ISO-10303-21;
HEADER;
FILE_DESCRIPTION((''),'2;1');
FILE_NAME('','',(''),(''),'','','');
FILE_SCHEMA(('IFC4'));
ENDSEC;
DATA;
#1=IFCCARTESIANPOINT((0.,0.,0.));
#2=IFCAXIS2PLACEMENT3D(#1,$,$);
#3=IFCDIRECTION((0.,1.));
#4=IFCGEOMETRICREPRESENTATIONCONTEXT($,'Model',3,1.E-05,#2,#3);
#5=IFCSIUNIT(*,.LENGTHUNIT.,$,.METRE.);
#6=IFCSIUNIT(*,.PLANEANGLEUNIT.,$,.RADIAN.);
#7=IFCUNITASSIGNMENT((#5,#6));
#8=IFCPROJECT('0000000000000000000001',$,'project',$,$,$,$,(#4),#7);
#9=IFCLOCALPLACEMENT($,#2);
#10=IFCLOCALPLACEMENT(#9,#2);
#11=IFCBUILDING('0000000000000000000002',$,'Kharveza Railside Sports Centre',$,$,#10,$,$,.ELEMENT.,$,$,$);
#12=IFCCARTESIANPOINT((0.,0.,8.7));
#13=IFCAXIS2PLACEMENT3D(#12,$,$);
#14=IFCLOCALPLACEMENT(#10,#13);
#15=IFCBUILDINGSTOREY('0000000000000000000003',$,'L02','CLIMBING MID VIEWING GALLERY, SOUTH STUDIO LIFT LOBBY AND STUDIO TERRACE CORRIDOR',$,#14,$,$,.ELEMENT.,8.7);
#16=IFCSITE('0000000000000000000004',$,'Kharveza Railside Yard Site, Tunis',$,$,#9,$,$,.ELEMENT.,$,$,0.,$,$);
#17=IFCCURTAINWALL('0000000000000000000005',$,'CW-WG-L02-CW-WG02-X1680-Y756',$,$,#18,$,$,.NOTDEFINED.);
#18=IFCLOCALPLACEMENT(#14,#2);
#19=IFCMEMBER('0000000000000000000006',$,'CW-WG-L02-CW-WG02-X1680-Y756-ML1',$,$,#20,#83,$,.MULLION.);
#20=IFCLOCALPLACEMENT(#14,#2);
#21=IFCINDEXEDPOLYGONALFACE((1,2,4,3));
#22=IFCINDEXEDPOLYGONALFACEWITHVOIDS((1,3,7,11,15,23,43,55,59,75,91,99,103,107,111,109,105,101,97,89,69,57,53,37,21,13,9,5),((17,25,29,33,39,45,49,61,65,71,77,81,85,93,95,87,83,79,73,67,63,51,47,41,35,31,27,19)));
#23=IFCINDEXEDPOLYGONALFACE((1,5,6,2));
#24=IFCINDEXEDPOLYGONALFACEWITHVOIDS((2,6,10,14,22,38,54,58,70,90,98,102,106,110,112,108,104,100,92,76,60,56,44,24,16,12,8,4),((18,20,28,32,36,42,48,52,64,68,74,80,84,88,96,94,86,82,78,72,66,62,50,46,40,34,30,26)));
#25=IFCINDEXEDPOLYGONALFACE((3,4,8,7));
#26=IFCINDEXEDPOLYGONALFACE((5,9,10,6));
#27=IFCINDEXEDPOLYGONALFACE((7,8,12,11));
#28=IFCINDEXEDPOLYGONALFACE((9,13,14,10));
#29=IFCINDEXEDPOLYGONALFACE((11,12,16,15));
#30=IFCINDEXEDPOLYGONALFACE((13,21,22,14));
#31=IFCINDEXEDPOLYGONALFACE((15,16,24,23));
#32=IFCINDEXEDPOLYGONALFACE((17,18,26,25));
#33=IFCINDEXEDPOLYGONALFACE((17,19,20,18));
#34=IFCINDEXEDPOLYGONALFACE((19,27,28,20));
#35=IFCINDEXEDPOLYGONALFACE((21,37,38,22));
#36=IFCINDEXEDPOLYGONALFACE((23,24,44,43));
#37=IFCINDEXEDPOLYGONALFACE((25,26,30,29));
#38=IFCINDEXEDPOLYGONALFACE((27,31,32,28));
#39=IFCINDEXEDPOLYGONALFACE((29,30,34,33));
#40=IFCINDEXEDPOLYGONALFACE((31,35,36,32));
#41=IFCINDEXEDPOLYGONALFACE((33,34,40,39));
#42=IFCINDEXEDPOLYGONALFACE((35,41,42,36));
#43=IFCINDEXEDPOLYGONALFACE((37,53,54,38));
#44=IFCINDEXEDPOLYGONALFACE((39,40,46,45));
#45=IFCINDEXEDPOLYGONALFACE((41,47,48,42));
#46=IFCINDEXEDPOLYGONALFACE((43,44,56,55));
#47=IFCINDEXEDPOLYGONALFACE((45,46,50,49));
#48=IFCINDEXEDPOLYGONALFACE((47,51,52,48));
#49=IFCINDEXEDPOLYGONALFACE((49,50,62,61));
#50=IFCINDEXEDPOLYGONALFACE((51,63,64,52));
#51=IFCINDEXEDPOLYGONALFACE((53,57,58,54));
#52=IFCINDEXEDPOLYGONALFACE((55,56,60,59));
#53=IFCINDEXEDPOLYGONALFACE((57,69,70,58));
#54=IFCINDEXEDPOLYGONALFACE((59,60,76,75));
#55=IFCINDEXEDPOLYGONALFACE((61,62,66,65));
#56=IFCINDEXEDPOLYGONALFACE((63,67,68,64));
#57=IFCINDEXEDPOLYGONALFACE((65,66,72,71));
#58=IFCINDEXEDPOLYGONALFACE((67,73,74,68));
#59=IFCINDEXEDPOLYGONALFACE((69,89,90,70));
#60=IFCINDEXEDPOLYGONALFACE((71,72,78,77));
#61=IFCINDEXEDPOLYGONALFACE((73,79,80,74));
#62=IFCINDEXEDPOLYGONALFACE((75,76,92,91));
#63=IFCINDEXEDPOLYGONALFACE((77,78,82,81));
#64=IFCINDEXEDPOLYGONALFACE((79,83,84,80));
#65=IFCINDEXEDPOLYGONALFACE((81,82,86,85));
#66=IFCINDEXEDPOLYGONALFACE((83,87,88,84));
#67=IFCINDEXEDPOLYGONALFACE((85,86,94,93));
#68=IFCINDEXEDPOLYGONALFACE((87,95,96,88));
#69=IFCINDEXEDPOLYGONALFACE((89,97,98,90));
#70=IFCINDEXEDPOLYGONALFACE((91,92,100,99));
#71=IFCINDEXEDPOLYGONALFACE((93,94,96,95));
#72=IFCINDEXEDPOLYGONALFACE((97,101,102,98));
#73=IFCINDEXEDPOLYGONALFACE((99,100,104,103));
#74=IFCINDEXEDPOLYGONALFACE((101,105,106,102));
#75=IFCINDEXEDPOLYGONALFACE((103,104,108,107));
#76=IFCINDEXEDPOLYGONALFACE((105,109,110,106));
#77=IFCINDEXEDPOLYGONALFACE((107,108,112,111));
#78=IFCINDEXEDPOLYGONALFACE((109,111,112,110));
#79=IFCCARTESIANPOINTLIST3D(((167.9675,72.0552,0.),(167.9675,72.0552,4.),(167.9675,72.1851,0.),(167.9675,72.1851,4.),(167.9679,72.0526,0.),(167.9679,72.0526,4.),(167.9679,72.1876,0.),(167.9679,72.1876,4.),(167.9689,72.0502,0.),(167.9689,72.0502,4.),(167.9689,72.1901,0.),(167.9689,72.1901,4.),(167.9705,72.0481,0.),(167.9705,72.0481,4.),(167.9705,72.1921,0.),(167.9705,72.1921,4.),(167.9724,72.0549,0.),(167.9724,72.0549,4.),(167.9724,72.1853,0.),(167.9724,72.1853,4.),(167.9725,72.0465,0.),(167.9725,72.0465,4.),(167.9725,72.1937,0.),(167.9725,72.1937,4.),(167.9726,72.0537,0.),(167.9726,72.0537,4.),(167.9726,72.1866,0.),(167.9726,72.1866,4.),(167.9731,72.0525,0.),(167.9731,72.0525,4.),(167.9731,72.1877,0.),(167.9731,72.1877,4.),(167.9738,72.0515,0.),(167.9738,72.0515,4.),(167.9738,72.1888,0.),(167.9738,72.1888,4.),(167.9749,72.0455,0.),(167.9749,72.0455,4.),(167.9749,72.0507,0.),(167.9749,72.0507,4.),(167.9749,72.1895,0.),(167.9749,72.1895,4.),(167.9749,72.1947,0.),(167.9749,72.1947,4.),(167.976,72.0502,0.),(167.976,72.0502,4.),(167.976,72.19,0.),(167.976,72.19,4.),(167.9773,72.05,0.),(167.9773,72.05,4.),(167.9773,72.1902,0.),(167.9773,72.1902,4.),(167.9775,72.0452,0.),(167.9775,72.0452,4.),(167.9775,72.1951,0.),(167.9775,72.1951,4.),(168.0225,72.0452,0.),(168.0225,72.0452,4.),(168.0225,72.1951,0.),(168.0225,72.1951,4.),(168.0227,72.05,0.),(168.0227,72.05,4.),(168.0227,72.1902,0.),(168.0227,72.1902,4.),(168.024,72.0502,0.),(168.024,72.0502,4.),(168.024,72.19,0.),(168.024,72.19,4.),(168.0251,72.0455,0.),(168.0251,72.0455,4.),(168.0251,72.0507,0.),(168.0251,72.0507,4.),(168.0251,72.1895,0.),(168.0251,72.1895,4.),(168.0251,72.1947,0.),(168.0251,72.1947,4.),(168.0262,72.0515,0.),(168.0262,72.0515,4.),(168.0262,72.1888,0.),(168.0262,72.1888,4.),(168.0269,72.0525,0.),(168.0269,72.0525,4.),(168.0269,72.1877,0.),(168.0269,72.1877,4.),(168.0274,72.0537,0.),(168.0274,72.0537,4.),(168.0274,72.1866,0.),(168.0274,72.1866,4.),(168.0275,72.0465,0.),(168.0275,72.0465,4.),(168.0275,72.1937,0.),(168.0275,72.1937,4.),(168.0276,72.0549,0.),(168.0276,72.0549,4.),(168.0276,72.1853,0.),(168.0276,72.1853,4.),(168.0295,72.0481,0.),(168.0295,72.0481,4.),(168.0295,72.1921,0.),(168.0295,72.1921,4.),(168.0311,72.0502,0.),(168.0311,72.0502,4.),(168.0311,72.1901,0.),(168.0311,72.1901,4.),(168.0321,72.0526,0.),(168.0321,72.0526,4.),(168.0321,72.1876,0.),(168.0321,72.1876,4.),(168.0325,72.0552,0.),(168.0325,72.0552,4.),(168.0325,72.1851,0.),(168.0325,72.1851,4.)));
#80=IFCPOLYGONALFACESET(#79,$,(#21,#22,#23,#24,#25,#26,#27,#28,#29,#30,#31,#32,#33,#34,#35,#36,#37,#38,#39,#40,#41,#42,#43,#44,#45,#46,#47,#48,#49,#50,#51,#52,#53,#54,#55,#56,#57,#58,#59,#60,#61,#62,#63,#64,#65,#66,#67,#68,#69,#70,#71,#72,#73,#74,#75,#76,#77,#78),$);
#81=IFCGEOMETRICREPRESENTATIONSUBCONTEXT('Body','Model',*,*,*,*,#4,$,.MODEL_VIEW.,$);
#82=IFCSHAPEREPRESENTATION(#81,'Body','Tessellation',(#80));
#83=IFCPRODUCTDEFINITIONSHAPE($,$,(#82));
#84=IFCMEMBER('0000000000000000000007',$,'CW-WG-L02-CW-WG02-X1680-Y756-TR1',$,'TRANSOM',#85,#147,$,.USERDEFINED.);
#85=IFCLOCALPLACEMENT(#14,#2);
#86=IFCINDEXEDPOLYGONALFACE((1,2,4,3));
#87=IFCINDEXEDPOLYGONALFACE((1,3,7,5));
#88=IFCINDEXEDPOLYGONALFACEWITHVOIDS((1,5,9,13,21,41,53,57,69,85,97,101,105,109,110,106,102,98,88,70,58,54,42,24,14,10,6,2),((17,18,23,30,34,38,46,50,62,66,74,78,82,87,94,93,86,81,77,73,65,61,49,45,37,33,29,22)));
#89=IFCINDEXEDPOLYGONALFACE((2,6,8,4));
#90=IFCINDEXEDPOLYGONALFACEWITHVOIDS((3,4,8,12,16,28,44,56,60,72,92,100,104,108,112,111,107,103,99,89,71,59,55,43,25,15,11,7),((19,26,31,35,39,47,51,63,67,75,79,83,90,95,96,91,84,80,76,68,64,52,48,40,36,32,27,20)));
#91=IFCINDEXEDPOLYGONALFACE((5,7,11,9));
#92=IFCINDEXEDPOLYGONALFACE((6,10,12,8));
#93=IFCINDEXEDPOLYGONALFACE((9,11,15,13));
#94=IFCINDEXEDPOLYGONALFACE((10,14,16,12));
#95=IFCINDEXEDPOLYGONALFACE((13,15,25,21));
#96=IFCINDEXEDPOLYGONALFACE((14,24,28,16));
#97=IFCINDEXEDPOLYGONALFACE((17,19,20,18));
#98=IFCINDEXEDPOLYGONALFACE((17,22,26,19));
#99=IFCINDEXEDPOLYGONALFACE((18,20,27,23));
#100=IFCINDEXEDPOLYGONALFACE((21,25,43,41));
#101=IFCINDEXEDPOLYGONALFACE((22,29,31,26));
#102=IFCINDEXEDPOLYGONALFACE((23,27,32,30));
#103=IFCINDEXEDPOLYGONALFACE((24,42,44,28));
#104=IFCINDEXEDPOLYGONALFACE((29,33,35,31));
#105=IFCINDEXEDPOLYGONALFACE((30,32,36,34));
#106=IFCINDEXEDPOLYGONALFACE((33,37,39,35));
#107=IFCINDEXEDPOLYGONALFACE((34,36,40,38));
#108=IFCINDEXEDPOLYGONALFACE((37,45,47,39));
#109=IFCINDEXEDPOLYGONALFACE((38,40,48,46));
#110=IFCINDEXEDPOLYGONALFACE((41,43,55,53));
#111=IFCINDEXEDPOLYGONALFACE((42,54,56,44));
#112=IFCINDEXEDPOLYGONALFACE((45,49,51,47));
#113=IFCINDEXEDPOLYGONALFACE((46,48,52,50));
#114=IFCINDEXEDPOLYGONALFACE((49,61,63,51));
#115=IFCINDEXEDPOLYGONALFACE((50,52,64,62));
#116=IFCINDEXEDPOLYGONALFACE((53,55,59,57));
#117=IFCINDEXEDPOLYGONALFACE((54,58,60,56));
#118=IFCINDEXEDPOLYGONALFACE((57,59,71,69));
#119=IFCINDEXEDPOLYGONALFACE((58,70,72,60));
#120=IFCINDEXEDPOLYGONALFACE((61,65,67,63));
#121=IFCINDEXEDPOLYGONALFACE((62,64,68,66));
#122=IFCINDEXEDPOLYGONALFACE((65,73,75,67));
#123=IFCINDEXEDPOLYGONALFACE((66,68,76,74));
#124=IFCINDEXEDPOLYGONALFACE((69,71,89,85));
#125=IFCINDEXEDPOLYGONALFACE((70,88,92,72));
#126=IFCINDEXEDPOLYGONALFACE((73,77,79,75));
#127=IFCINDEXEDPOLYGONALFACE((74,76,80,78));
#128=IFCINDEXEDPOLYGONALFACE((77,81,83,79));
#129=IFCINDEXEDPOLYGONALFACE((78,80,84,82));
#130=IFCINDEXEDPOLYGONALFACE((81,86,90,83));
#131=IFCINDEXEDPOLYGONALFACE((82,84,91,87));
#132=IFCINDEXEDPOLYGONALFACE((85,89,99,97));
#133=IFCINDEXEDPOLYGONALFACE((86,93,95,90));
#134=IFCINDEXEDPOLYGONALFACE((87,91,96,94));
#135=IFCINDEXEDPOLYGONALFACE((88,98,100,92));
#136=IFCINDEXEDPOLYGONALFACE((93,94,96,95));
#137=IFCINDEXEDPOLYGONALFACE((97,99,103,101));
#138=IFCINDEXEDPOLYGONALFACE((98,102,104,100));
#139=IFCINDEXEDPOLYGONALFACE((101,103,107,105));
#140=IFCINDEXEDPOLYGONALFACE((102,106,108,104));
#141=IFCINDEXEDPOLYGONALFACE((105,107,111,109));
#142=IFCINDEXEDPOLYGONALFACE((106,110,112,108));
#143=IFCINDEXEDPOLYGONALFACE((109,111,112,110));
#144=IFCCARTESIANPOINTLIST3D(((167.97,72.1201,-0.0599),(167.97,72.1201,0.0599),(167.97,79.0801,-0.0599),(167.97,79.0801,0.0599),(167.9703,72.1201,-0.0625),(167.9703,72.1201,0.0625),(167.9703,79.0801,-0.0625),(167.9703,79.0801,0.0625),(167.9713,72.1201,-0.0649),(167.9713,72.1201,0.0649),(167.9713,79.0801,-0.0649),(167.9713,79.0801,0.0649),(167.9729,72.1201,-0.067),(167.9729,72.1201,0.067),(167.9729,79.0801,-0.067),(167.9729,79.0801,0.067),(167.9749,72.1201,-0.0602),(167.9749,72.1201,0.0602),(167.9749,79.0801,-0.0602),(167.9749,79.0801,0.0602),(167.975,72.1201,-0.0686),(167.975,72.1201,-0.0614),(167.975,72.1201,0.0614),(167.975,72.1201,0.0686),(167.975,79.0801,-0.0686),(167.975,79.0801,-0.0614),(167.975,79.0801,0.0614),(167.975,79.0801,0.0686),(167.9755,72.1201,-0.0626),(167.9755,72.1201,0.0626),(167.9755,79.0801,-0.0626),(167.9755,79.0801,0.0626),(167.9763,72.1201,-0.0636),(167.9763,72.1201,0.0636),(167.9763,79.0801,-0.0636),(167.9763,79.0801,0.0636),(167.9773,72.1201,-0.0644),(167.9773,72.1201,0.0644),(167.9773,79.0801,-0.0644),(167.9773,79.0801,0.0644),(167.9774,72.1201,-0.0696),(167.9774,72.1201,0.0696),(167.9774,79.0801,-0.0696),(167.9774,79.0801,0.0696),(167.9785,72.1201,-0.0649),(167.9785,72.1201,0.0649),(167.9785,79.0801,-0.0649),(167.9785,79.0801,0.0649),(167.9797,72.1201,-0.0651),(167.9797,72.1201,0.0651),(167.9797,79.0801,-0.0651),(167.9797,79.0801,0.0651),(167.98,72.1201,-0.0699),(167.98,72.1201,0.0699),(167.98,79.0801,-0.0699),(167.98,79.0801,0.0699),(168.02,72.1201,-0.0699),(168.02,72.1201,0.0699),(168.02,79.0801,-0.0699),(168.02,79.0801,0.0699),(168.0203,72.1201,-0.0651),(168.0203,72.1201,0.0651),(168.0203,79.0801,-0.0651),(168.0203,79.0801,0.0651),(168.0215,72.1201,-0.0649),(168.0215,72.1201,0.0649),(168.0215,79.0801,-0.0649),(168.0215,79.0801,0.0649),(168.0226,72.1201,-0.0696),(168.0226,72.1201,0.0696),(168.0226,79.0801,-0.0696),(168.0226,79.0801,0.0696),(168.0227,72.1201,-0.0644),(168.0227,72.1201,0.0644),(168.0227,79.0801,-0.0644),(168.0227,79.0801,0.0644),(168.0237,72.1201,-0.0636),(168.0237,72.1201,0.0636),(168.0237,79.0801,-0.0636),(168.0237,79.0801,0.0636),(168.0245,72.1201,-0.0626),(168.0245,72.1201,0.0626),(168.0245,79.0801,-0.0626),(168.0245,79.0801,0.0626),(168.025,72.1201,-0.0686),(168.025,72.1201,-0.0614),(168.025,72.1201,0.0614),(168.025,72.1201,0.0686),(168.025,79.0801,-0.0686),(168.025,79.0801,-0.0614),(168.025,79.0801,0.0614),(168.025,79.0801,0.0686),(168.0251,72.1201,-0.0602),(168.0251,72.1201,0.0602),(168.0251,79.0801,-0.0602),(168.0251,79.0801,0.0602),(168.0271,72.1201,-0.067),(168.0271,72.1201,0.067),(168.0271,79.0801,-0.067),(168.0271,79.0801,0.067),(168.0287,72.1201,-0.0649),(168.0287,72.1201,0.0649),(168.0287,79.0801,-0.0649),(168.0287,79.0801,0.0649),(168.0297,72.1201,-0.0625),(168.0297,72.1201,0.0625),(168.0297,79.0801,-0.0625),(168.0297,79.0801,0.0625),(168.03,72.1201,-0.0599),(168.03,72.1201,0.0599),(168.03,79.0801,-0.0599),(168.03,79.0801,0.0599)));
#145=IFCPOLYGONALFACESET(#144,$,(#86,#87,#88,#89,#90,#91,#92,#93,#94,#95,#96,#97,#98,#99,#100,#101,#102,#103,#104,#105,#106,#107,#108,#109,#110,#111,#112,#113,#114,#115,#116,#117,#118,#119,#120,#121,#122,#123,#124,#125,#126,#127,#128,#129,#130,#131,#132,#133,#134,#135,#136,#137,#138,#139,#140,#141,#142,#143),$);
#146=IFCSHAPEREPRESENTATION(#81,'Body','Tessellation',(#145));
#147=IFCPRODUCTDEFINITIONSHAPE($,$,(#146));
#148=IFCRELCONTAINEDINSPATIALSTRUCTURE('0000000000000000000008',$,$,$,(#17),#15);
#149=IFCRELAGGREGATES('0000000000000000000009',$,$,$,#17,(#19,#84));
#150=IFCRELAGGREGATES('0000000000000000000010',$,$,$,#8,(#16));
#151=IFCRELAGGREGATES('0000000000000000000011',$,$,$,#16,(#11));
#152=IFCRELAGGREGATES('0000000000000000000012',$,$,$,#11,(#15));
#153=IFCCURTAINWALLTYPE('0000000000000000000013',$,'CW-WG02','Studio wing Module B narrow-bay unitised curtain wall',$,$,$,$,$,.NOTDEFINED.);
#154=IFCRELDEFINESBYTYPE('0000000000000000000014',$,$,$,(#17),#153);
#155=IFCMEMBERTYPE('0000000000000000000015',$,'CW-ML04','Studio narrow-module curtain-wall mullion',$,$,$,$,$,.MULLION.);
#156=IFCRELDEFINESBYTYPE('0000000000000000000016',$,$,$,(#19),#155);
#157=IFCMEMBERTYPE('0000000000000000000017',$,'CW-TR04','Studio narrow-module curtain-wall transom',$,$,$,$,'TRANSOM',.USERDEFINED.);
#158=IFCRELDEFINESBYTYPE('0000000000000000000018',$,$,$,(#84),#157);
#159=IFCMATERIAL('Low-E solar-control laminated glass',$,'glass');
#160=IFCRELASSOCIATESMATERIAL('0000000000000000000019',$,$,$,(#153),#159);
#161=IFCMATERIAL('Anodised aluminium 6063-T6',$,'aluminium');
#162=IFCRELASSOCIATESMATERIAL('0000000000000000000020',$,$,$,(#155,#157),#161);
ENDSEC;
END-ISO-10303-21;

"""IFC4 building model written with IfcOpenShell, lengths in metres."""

from ifc_helpers import new_model, si_unit, direction, frame, origin, origin_2d, place, context, subcontext, project, spatial, hollow_rectangle, extrude, material, material_profile, profile_set, type_object, element, aggregate, save


model = new_model("IFC4")

# Units and contexts
model_context = context("Model", 3, precision=1e-05, world=origin(), true_north=direction((0.0, 1.0)))
body_context = subcontext(model_context, "Body", "Model", "MODEL_VIEW")
ifc_project = project(units=[si_unit("LENGTHUNIT", "METRE"), si_unit("PLANEANGLEUNIT", "RADIAN")], contexts=[model_context])

# Site, building, storey
site_placement = place(None, origin())
site = spatial("IfcSite", under=ifc_project, at=site_placement, Name="Kharveza Railside Yard Site, Tunis", CompositionType="ELEMENT", RefElevation=0.0)
building_placement = place(site_placement, origin())
building = spatial("IfcBuilding", under=site, at=building_placement, Name="Kharveza Railside Sports Centre", CompositionType="ELEMENT")
storey_placement = place(building_placement, frame((0.0, 0.0, 8.7)))
storey = spatial("IfcBuildingStorey", under=building, at=storey_placement, Name="L02", Description="CLIMBING MID VIEWING GALLERY, SOUTH STUDIO LIFT LOBBY AND STUDIO TERRACE CORRIDOR", CompositionType="ELEMENT", Elevation=8.7)

# Curtain wall, members
ifc_material_1 = material(Name="Low-E solar-control laminated glass", Category="glass")
curtain_wall_type = type_object("IfcCurtainWallType", Name="CW-WG02", Description="Studio wing Module B narrow-bay unitised curtain wall", PredefinedType="NOTDEFINED", material=ifc_material_1)
curtain_wall_placement = place(storey_placement, origin())
curtain_wall = element("IfcCurtainWall", 1, at=curtain_wall_placement, inside=storey, type_object=curtain_wall_type, Name="CW-WG-L02-CW-WG02-X1680-Y756", PredefinedType="NOTDEFINED")
ifc_material_2 = material(Name="Anodised aluminium 6063-T6", Category="aluminium")
ifc_material_profile_1 = material_profile(ifc_material_2, hollow_rectangle(XDim=0.0649, YDim=0.1499, WallThickness=0.0049, InnerFilletRadius=0.0049, OuterFilletRadius=0.01, at=origin_2d()), Name="RHS 65x150x5.0")
ifc_profile_set_1 = profile_set([ifc_material_profile_1], Name="Anodised aluminium 6063-T6")
member_type_1 = type_object("IfcMemberType", Name="CW-ML04", Description="Studio narrow-module curtain-wall mullion", PredefinedType="MULLION", material=ifc_profile_set_1)
member_1_placement = place(storey_placement, frame((168.0, 72.1201, 0.0), z_axis=(0.0, 0.0, 1.0), x_axis=(1.0, 0.0, 0.0)))
member_1 = element("IfcMember", 2, at=member_1_placement, type_object=member_type_1, Name="CW-WG-L02-CW-WG02-X1680-Y756-ML1", PredefinedType="MULLION", context=body_context, shape_type="SweptSolid", body=[
    extrude(hollow_rectangle(XDim=0.0649, YDim=0.1499, WallThickness=0.0049, InnerFilletRadius=0.0049, OuterFilletRadius=0.01, at=origin_2d()), origin(), (0.0, 0.0, 1.0), 4.0),
])
ifc_material_profile_2 = material_profile(ifc_material_2, hollow_rectangle(XDim=0.0601, YDim=0.1399, WallThickness=0.0049, InnerFilletRadius=0.0049, OuterFilletRadius=0.01, at=origin_2d()), Name="RHS 60x140x5.0")
ifc_profile_set_2 = profile_set([ifc_material_profile_2], Name="Anodised aluminium 6063-T6")
member_type_2 = type_object("IfcMemberType", Name="CW-TR04", Description="Studio narrow-module curtain-wall transom", ElementType="TRANSOM", PredefinedType="USERDEFINED", material=ifc_profile_set_2)
member_2_placement = place(storey_placement, frame((168.0, 72.1201, 0.0), z_axis=(0.0, 1.0, 0.0), x_axis=(-1.0, 0.0, 0.0)))
member_2 = element("IfcMember", 3, at=member_2_placement, type_object=member_type_2, Name="CW-WG-L02-CW-WG02-X1680-Y756-TR1", ObjectType="TRANSOM", PredefinedType="USERDEFINED", context=body_context, shape_type="SweptSolid", body=[
    extrude(hollow_rectangle(XDim=0.0601, YDim=0.1399, WallThickness=0.0049, InnerFilletRadius=0.0049, OuterFilletRadius=0.01, at=origin_2d()), origin(), (0.0, 0.0, 1.0), 6.96),
])
aggregate(curtain_wall, [member_1, member_2])

save(model, "model.ifc")
